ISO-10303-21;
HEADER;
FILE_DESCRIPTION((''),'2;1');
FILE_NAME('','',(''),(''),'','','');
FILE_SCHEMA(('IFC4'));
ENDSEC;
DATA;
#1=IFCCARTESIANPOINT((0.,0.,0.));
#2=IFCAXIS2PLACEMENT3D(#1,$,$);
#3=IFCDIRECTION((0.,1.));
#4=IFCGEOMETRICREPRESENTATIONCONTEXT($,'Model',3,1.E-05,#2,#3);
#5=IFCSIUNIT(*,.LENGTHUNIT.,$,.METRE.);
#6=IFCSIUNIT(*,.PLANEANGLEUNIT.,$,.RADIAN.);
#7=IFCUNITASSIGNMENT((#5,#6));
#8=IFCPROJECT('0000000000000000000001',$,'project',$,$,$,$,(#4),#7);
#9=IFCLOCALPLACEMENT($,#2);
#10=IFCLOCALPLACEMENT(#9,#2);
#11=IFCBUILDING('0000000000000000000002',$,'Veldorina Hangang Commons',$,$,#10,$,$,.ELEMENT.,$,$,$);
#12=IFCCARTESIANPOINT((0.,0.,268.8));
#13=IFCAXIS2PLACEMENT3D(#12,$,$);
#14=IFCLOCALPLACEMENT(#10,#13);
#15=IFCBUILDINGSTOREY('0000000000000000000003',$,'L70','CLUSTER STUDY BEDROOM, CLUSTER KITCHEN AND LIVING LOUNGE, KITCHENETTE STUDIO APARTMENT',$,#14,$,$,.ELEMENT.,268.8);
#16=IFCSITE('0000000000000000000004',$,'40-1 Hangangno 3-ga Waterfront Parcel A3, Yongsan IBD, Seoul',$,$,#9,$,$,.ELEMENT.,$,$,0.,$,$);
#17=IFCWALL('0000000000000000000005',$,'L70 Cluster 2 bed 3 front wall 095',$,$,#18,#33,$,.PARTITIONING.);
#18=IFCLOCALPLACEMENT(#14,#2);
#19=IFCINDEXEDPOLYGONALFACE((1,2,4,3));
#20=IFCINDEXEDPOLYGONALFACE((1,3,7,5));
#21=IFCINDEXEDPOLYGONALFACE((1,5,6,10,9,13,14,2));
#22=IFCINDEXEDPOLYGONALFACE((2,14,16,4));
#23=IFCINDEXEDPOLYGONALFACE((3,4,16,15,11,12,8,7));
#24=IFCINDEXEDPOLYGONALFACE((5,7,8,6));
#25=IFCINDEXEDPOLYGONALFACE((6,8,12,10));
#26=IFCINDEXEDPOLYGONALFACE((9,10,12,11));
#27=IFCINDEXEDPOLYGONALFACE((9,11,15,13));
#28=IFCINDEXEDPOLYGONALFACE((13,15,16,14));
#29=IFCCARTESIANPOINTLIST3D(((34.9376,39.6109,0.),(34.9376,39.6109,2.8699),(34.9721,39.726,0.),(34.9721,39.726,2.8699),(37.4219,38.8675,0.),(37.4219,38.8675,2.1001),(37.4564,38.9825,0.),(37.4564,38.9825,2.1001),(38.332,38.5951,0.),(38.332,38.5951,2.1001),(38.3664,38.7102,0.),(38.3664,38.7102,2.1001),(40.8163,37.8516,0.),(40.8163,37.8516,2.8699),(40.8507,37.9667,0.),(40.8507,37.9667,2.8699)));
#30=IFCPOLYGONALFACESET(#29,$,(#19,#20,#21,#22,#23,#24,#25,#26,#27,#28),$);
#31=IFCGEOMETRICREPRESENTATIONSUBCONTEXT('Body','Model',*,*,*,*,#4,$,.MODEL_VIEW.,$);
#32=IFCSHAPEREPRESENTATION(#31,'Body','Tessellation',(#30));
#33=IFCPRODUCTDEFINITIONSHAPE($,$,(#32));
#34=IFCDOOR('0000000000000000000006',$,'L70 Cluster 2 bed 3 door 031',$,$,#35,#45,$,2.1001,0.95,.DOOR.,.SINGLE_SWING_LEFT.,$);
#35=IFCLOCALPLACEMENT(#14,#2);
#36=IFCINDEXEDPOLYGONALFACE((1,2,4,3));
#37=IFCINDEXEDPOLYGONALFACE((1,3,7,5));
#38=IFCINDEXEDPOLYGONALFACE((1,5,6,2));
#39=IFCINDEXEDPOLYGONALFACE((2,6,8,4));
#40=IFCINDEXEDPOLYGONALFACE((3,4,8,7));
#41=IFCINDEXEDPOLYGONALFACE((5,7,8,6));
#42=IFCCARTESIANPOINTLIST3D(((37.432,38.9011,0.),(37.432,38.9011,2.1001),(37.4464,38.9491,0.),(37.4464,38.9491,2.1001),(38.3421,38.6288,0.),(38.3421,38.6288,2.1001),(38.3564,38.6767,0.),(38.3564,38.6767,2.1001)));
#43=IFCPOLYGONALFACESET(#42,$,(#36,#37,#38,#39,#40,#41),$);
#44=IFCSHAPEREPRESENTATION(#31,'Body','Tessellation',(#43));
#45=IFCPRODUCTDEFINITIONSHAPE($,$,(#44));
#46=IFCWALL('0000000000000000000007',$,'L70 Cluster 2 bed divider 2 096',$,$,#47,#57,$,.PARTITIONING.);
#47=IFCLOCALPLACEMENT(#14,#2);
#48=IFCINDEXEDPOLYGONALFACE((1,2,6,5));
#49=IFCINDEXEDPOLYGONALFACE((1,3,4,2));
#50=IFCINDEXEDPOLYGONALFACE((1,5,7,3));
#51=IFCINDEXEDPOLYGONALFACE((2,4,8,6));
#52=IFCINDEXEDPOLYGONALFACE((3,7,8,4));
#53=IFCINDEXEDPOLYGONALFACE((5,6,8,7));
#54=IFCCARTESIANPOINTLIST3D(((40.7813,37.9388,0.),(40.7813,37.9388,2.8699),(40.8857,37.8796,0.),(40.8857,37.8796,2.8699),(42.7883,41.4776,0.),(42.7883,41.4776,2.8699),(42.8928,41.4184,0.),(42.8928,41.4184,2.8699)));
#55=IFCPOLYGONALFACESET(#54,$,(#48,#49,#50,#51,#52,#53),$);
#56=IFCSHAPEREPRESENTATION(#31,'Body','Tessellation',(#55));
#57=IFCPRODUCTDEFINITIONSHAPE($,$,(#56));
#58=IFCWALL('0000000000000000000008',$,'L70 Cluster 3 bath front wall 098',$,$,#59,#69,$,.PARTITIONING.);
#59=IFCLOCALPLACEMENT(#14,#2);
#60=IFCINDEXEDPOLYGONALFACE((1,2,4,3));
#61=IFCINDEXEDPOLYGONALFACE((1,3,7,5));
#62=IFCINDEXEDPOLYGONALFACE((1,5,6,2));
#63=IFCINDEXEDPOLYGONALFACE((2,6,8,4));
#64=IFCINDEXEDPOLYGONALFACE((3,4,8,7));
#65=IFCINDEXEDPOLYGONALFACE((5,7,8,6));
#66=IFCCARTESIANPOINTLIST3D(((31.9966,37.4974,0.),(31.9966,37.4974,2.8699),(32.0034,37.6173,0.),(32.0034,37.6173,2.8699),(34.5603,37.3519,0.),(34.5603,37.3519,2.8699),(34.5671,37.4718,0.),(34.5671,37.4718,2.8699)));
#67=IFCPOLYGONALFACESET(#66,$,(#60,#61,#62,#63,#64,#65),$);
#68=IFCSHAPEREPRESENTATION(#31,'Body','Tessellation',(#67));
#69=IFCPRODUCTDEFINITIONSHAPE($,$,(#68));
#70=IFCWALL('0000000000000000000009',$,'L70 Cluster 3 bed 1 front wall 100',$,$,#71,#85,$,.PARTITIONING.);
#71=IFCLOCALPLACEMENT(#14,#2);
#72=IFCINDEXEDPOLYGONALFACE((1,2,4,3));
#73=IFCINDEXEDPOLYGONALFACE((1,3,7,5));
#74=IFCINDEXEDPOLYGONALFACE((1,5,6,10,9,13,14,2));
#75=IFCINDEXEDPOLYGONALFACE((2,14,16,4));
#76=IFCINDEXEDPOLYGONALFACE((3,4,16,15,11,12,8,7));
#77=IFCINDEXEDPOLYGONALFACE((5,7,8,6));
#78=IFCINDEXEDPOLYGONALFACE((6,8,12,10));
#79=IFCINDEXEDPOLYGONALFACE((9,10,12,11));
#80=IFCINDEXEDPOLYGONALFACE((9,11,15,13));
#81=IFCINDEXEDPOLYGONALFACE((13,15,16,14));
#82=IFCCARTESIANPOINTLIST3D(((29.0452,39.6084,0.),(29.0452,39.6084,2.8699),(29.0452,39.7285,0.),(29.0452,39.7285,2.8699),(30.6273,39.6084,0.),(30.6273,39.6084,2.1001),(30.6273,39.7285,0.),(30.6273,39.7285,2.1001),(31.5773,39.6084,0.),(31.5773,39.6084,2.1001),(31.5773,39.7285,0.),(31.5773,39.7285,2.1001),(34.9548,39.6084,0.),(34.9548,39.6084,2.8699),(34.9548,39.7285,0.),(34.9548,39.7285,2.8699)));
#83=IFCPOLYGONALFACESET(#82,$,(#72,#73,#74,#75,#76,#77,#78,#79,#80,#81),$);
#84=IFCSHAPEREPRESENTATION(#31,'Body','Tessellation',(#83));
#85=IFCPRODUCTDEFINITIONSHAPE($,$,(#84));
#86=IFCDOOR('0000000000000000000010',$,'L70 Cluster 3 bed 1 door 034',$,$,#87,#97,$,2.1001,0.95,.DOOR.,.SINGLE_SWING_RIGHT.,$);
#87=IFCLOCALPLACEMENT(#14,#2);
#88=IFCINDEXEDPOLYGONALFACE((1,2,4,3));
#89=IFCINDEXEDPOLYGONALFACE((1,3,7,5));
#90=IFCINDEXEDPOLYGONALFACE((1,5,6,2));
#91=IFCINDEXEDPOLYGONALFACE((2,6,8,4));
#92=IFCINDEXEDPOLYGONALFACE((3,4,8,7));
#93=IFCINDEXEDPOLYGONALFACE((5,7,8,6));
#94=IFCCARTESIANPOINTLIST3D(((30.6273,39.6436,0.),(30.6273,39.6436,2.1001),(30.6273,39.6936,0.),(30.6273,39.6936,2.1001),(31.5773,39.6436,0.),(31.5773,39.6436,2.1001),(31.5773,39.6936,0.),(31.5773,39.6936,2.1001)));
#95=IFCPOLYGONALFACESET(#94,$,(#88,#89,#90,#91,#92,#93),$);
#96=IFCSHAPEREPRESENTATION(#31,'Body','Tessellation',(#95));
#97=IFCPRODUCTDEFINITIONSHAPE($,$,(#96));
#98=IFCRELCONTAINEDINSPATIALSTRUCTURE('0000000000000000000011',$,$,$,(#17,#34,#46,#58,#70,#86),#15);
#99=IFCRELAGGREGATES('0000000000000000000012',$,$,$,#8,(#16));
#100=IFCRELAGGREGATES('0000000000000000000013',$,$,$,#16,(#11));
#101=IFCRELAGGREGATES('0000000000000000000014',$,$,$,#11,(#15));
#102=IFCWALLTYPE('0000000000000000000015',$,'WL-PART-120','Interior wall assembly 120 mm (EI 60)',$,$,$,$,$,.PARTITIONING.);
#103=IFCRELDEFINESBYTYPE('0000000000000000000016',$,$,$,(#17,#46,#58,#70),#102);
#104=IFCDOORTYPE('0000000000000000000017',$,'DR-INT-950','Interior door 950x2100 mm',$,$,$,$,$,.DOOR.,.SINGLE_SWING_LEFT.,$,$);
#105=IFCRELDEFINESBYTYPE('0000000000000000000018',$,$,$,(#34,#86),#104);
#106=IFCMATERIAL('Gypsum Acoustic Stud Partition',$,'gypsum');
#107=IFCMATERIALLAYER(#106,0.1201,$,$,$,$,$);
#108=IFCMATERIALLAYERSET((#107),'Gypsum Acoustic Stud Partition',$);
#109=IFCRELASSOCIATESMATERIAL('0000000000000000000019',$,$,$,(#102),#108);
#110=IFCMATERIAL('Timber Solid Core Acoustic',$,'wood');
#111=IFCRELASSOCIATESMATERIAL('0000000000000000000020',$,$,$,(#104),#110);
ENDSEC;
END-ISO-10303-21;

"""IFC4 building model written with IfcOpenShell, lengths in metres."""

from ifc_helpers import new_model, si_unit, direction, frame, frame_2d, origin, place, context, subcontext, project, spatial, rectangle, extrude, material, layer, layer_set, type_object, element, fill, save


model = new_model("IFC4")

# Units and contexts
model_context = context("Model", 3, precision=1e-05, world=origin(), true_north=direction((0.0, 1.0)))
body_context = subcontext(model_context, "Body", "Model", "MODEL_VIEW")
ifc_project = project(units=[si_unit("LENGTHUNIT", "METRE"), si_unit("PLANEANGLEUNIT", "RADIAN")], contexts=[model_context])

# Site, building, storey
site_placement = place(None, origin())
site = spatial("IfcSite", under=ifc_project, at=site_placement, Name="40-1 Hangangno 3-ga Waterfront Parcel A3, Yongsan IBD, Seoul", CompositionType="ELEMENT", RefElevation=0.0)
building_placement = place(site_placement, origin())
building = spatial("IfcBuilding", under=site, at=building_placement, Name="Veldorina Hangang Commons", CompositionType="ELEMENT")
storey_placement = place(building_placement, frame((0.0, 0.0, 268.8)))
storey = spatial("IfcBuildingStorey", under=building, at=storey_placement, Name="L70", Description="CLUSTER STUDY BEDROOM, CLUSTER KITCHEN AND LIVING LOUNGE, KITCHENETTE STUDIO APARTMENT", CompositionType="ELEMENT", Elevation=268.8)

# Wall, opening, door
ifc_material_1 = material(Name="Gypsum Acoustic Stud Partition", Category="gypsum")
ifc_layer_1 = layer(ifc_material_1, 0.1201)
ifc_layer_set_1 = layer_set([ifc_layer_1], Name="Gypsum Acoustic Stud Partition")
wall_type_1 = type_object("IfcWallType", Name="WL-PART-120", Description="Interior wall assembly 120 mm (EI 60)", PredefinedType="PARTITIONING", material=ifc_layer_set_1)
wall_1_placement = place(storey_placement, frame((40.8335, 37.9092, 0.0), z_axis=(0.0, 0.0, 1.0), x_axis=(-0.95802, 0.286702, 0.0)))
wall_1 = element("IfcWall", 1, at=wall_1_placement, inside=storey, type_object=wall_type_1, Name="L70 Cluster 2 bed 3 front wall 095", PredefinedType="PARTITIONING", context=body_context, shape_type="SweptSolid", body=[
    extrude(rectangle(XDim=6.1362, YDim=0.1201, at=frame_2d((3.0681, 0.0))), origin(), (0.0, 0.0, 1.0), 2.8699),
])
opening_1_placement = place(wall_1_placement, frame((2.593, 0.0, 0.0)))
opening_1 = element("IfcOpeningElement", 2, at=opening_1_placement, cuts=wall_1, PredefinedType="OPENING", context=body_context, shape_type="SweptSolid", body=[
    extrude(rectangle(XDim=0.95, YDim=2.1001, at=frame_2d((0.4751, 1.05))), frame((0.0, 0.0701, 0.0), z_axis=(0.0, -1.0, 0.0), x_axis=(1.0, 0.0, 0.0)), (0.0, 0.0, 1.0), 0.1401),
])
ifc_material_2 = material(Name="Timber Solid Core Acoustic", Category="wood")
door_type = type_object("IfcDoorType", Name="DR-INT-950", Description="Interior door 950x2100 mm", OperationType="SINGLE_SWING_LEFT", PredefinedType="DOOR", material=ifc_material_2)
door_1_placement = place(opening_1_placement, origin())
door_1 = element("IfcDoor", 3, at=door_1_placement, inside=storey, type_object=door_type, Name="L70 Cluster 2 bed 3 door 031", OperationType="SINGLE_SWING_LEFT", OverallHeight=2.1001, OverallWidth=0.95, PredefinedType="DOOR", context=body_context, shape_type="SweptSolid", body=[
    extrude(rectangle(XDim=0.95, YDim=2.1001, at=frame_2d((0.4751, 1.05))), frame((0.0, 0.0249, 0.0), z_axis=(0.0, -1.0, 0.0), x_axis=(1.0, 0.0, 0.0)), (0.0, 0.0, 1.0), 0.05),
])
fill(opening_1, door_1)

# Walls
wall_2_placement = place(storey_placement, frame((40.8335, 37.9092, 0.0), z_axis=(0.0, 0.0, 1.0), x_axis=(0.493338, 0.869838, 0.0)))
element("IfcWall", 4, at=wall_2_placement, inside=storey, type_object=wall_type_1, Name="L70 Cluster 2 bed divider 2 096", PredefinedType="PARTITIONING", context=body_context, shape_type="SweptSolid", body=[
    extrude(rectangle(XDim=4.0684, YDim=0.1201, at=frame_2d((2.0342, 0.0))), origin(), (0.0, 0.0, 1.0), 2.8699),
])
wall_3_placement = place(storey_placement, frame((34.5637, 37.4119, 0.0), z_axis=(0.0, 0.0, 1.0), x_axis=(-0.998393, 0.056665, 0.0)))
element("IfcWall", 5, at=wall_3_placement, inside=storey, type_object=wall_type_1, Name="L70 Cluster 3 bath front wall 098", PredefinedType="PARTITIONING", context=body_context, shape_type="SweptSolid", body=[
    extrude(rectangle(XDim=2.5679, YDim=0.1201, at=frame_2d((1.2839, 0.0))), origin(), (0.0, 0.0, 1.0), 2.8699),
])

# Wall, opening, door
wall_4_placement = place(storey_placement, frame((34.9548, 39.6685, 0.0), z_axis=(0.0, 0.0, 1.0), x_axis=(-1.0, 0.0, 0.0)))
wall_4 = element("IfcWall", 6, at=wall_4_placement, inside=storey, type_object=wall_type_1, Name="L70 Cluster 3 bed 1 front wall 100", PredefinedType="PARTITIONING", context=body_context, shape_type="SweptSolid", body=[
    extrude(rectangle(XDim=5.9097, YDim=0.1201, at=frame_2d((2.9548, 0.0))), origin(), (0.0, 0.0, 1.0), 2.8699),
])
opening_2_placement = place(wall_4_placement, frame((3.3774, 0.0, 0.0)))
opening_2 = element("IfcOpeningElement", 7, at=opening_2_placement, cuts=wall_4, PredefinedType="OPENING", context=body_context, shape_type="SweptSolid", body=[
    extrude(rectangle(XDim=0.95, YDim=2.1001, at=frame_2d((0.4751, 1.05))), frame((0.0, 0.0701, 0.0), z_axis=(0.0, -1.0, 0.0), x_axis=(1.0, 0.0, 0.0)), (0.0, 0.0, 1.0), 0.1401),
])
door_2_placement = place(opening_2_placement, origin())
door_2 = element("IfcDoor", 8, at=door_2_placement, inside=storey, type_object=door_type, Name="L70 Cluster 3 bed 1 door 034", OperationType="SINGLE_SWING_RIGHT", OverallHeight=2.1001, OverallWidth=0.95, PredefinedType="DOOR", context=body_context, shape_type="SweptSolid", body=[
    extrude(rectangle(XDim=0.95, YDim=2.1001, at=frame_2d((0.4751, 1.05))), frame((0.0, 0.0249, 0.0), z_axis=(0.0, -1.0, 0.0), x_axis=(1.0, 0.0, 0.0)), (0.0, 0.0, 1.0), 0.05),
])
fill(opening_2, door_2)

save(model, "model.ifc")
